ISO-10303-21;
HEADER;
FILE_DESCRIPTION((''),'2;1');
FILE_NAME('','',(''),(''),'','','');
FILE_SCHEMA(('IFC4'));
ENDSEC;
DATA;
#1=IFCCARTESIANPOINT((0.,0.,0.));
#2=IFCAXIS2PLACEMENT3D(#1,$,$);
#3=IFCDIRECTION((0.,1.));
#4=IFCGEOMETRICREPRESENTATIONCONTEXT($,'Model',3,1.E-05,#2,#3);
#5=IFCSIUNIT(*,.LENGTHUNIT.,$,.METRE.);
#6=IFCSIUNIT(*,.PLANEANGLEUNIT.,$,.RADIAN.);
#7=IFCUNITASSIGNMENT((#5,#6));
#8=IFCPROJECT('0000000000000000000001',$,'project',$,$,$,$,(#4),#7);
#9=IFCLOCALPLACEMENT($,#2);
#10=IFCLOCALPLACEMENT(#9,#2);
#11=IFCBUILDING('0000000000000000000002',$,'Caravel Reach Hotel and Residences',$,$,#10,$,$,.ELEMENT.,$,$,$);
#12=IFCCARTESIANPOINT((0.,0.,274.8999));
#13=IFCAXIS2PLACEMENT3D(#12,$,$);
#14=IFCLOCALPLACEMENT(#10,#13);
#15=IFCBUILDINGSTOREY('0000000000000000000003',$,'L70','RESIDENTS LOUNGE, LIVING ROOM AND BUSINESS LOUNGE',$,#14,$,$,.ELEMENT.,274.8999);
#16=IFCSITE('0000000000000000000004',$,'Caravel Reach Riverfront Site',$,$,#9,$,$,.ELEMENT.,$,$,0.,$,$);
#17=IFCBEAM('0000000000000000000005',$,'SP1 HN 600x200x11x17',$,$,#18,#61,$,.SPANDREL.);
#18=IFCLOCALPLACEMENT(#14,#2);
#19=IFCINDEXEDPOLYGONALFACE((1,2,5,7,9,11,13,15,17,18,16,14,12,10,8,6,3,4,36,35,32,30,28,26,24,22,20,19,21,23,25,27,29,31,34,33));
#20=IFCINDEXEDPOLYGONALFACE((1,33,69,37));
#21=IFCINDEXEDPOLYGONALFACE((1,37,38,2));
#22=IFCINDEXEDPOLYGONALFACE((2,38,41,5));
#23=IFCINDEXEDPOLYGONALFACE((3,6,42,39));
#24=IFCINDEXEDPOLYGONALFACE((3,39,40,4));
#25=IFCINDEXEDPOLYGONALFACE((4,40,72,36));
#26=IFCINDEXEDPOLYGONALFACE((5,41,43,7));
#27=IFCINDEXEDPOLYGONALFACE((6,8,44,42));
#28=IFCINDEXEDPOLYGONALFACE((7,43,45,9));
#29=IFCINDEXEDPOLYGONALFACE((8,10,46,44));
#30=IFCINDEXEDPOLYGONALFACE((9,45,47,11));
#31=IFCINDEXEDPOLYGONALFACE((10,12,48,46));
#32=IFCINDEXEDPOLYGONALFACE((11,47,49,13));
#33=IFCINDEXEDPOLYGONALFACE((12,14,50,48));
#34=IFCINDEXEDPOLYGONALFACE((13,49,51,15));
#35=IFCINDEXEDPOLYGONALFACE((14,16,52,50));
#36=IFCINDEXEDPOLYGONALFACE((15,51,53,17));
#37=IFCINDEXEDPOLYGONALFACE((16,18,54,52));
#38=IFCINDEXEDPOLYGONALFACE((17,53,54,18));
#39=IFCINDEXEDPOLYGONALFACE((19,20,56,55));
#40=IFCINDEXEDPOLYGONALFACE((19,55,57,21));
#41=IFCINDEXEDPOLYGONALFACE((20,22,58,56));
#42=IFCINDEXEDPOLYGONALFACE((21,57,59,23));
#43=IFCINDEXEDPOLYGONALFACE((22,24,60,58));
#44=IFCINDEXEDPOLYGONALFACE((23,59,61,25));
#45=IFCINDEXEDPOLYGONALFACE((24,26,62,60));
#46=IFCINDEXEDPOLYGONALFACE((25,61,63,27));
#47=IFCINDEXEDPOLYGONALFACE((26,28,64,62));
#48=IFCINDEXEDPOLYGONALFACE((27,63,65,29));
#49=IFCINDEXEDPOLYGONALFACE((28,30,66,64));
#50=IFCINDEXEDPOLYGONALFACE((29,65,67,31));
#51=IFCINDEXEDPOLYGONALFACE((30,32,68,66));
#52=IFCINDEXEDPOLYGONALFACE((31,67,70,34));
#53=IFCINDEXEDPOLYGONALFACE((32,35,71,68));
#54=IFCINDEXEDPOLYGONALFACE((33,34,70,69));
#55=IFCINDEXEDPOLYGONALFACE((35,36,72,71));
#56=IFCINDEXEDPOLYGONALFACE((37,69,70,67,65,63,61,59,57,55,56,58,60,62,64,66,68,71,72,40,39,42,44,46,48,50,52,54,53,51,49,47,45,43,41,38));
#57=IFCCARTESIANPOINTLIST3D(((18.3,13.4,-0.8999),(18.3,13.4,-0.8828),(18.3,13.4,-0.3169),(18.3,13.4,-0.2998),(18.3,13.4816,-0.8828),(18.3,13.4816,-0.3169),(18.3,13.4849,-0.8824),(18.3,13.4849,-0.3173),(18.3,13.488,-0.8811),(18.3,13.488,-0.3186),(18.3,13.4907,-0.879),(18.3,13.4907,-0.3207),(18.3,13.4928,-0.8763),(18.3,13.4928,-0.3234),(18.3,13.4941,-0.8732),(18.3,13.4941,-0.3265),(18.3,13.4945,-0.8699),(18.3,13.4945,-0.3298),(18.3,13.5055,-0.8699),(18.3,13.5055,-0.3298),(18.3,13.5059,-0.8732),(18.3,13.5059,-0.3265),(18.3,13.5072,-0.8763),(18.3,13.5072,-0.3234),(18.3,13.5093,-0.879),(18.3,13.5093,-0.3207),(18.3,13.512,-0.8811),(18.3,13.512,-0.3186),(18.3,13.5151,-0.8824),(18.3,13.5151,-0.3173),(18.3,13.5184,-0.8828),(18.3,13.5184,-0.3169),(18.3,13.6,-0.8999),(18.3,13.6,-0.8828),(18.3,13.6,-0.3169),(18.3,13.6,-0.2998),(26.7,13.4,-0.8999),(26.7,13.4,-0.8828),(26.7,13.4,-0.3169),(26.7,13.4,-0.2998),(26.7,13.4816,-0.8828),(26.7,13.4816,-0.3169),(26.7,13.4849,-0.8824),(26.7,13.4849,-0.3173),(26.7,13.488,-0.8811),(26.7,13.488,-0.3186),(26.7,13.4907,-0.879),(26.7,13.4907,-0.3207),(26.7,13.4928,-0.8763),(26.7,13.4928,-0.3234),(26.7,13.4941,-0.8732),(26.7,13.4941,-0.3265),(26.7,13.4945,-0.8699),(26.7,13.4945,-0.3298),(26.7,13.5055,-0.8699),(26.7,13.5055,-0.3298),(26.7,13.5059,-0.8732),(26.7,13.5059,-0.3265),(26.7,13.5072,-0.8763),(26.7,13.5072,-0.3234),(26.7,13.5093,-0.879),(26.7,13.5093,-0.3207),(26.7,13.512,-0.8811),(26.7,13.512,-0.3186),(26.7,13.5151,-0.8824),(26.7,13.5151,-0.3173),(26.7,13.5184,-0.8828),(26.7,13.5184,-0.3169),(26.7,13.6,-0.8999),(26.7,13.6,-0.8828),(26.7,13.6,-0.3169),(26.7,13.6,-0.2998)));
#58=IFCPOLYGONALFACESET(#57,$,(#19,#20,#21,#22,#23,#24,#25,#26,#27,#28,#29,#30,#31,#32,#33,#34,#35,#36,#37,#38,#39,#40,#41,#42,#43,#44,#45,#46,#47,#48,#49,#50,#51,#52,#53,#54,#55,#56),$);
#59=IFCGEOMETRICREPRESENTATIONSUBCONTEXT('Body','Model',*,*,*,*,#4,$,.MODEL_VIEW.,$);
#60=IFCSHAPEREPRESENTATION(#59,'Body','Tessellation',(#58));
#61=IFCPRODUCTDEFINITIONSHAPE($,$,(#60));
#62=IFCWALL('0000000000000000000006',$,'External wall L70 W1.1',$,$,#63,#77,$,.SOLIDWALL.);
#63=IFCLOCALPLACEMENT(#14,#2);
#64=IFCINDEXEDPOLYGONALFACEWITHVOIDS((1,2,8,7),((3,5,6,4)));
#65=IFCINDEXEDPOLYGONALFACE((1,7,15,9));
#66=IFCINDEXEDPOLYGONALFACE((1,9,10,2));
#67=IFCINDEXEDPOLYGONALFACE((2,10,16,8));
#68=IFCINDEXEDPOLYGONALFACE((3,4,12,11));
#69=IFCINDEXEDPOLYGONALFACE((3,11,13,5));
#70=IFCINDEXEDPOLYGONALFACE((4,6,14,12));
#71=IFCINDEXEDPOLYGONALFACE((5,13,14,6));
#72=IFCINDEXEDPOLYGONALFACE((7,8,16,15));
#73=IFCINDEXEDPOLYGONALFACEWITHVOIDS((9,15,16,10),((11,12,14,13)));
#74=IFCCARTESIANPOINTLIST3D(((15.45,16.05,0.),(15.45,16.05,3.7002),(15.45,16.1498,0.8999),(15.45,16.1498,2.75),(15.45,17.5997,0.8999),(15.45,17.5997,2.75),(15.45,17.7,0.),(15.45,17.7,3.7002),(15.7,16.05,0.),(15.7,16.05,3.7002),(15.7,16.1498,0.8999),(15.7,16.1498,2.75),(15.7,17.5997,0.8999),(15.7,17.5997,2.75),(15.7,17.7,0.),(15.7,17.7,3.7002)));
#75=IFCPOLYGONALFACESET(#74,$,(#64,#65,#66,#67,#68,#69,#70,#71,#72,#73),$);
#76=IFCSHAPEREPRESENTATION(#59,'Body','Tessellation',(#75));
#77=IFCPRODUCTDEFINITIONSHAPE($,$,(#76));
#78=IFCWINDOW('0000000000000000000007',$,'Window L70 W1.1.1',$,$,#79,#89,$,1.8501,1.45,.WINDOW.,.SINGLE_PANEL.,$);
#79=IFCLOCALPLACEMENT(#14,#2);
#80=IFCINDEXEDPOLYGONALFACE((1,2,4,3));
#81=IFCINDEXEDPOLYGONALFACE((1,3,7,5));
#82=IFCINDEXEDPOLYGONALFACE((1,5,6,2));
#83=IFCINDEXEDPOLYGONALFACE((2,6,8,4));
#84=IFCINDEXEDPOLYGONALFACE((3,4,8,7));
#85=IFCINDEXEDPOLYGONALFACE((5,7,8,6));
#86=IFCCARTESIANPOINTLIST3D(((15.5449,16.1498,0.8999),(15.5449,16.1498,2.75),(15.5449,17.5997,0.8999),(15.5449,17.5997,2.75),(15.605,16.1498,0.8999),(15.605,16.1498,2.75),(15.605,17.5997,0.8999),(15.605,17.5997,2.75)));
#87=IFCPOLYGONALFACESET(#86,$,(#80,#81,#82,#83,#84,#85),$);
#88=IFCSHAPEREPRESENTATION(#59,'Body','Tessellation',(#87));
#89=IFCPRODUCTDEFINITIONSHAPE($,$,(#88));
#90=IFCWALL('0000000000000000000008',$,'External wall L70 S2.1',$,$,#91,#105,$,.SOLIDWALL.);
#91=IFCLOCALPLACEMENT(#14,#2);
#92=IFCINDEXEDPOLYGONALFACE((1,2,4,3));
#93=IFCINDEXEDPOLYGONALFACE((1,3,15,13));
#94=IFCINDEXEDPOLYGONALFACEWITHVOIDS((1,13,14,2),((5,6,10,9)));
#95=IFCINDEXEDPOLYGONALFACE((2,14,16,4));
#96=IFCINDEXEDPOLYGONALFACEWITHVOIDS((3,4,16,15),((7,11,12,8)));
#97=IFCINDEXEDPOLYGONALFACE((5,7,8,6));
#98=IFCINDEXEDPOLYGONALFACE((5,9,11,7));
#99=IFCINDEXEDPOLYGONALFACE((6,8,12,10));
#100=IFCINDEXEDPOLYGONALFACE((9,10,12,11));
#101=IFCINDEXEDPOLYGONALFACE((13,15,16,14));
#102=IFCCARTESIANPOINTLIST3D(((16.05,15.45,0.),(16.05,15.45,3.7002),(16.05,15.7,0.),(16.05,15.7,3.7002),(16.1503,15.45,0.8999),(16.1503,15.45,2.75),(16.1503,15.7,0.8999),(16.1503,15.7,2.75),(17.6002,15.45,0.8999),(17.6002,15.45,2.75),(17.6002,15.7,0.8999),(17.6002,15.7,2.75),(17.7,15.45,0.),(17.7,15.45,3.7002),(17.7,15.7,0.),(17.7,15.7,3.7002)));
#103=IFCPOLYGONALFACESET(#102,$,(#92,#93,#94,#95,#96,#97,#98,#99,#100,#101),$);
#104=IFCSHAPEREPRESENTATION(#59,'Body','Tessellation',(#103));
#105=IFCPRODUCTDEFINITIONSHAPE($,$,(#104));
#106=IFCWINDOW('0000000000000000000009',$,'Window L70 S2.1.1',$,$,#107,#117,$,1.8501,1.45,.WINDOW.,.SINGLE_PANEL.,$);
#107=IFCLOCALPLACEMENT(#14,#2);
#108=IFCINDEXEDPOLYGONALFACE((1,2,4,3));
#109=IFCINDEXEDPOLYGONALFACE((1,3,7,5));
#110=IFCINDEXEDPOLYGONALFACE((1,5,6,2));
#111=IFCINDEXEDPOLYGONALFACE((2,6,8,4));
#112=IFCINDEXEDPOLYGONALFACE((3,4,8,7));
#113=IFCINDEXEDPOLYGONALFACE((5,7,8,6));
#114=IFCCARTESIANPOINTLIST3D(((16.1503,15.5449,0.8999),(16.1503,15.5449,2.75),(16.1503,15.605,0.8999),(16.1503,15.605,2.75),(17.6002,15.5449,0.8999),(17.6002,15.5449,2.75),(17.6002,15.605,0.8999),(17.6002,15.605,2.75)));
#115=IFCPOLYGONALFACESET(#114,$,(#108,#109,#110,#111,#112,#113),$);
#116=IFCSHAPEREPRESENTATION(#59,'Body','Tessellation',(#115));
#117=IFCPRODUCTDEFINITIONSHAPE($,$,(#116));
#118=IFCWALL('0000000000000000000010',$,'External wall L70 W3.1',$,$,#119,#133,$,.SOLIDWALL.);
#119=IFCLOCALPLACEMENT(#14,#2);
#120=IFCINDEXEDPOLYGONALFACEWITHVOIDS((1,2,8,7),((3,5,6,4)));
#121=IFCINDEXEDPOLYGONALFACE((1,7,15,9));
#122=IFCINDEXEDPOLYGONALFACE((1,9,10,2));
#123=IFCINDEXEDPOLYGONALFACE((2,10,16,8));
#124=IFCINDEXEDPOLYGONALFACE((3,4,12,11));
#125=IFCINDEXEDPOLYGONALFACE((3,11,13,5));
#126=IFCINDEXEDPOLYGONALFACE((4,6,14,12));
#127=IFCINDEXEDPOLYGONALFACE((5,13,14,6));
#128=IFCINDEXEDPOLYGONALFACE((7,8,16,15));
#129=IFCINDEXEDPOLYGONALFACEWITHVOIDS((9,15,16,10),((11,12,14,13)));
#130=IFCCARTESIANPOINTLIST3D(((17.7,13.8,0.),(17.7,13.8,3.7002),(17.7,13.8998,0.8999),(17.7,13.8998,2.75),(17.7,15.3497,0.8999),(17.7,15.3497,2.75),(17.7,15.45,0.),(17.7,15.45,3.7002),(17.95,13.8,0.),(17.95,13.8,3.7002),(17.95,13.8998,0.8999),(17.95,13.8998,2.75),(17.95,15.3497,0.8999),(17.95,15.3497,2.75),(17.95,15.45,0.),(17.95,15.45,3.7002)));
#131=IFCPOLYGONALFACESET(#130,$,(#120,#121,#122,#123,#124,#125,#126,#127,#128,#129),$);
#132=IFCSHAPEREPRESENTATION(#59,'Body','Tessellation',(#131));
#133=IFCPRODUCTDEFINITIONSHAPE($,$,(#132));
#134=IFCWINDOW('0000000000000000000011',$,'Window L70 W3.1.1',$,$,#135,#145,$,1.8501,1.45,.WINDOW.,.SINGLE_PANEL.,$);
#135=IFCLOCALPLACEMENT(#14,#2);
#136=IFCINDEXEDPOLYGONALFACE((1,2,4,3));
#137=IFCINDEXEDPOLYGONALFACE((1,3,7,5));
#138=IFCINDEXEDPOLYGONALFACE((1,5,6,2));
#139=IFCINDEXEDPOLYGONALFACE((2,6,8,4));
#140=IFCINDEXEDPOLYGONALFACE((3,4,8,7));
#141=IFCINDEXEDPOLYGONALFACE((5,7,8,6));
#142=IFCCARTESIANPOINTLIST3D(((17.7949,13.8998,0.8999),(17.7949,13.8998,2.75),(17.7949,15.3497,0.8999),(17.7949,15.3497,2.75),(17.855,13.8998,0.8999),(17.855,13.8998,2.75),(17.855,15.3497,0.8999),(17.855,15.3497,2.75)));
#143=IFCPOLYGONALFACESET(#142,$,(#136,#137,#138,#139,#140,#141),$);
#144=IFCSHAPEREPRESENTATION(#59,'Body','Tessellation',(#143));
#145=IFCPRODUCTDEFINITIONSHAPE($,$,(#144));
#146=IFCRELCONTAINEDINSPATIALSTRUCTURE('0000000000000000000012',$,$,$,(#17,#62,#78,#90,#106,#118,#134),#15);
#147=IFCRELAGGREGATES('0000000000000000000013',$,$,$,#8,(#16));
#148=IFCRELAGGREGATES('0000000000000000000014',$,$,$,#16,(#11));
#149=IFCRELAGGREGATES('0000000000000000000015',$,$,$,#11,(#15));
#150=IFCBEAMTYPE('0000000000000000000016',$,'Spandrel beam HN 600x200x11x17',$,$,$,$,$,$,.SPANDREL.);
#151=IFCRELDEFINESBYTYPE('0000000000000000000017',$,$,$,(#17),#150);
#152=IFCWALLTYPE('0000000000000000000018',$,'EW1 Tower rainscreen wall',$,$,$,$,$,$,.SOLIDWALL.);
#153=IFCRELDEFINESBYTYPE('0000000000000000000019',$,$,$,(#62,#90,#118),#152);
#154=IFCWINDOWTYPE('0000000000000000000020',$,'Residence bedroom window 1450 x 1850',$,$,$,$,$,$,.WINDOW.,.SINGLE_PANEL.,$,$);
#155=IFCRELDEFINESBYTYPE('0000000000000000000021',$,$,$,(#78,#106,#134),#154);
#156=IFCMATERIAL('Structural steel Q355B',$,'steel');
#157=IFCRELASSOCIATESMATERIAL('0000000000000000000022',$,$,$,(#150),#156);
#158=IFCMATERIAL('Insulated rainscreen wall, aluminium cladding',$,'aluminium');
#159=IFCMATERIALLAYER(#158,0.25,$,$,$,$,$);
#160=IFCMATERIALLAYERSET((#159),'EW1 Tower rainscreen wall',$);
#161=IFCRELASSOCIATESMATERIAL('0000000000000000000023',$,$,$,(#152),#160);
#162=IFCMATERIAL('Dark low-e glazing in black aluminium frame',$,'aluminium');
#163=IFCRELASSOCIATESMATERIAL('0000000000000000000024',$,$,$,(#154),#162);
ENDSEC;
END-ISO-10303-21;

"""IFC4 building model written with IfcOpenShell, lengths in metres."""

from ifc_helpers import new_model, si_unit, direction, frame, frame_2d, origin, origin_2d, place, context, subcontext, project, spatial, rectangle, i_section, extrude, material, layer, layer_set, material_profile, profile_set, type_object, element, fill, save


model = new_model("IFC4")

# Units and contexts
model_context = context("Model", 3, precision=1e-05, world=origin(), true_north=direction((0.0, 1.0)))
body_context = subcontext(model_context, "Body", "Model", "MODEL_VIEW")
ifc_project = project(units=[si_unit("LENGTHUNIT", "METRE"), si_unit("PLANEANGLEUNIT", "RADIAN")], contexts=[model_context])

# Site, building, storey
site_placement = place(None, origin())
site = spatial("IfcSite", under=ifc_project, at=site_placement, Name="Caravel Reach Riverfront Site", CompositionType="ELEMENT", RefElevation=0.0)
building_placement = place(site_placement, origin())
building = spatial("IfcBuilding", under=site, at=building_placement, Name="Caravel Reach Hotel and Residences", CompositionType="ELEMENT")
storey_placement = place(building_placement, frame((0.0, 0.0, 274.8999)))
storey = spatial("IfcBuildingStorey", under=building, at=storey_placement, Name="L70", Description="RESIDENTS LOUNGE, LIVING ROOM AND BUSINESS LOUNGE", CompositionType="ELEMENT", Elevation=274.8999)

# Beam
ifc_material_1 = material(Name="Structural steel Q355B", Category="steel")
ifc_material_profile_1 = material_profile(ifc_material_1, i_section(OverallWidth=0.2, OverallDepth=0.6001, WebThickness=0.011, FlangeThickness=0.0171, FilletRadius=0.0129, at=origin_2d()), Name="HN 600x200x11x17")
ifc_profile_set_1 = profile_set([ifc_material_profile_1], Name="Structural steel Q355B")
beam_type = type_object("IfcBeamType", Name="Spandrel beam HN 600x200x11x17", PredefinedType="SPANDREL", material=ifc_profile_set_1)
beam_placement = place(storey_placement, frame((18.3, 13.5, -0.5999), z_axis=(1.0, 0.0, 0.0), x_axis=(0.0, 1.0, 0.0)))
element("IfcBeam", 1, at=beam_placement, inside=storey, type_object=beam_type, Name="SP1 HN 600x200x11x17", PredefinedType="SPANDREL", context=body_context, shape_type="SweptSolid", body=[
    extrude(i_section(OverallWidth=0.2, OverallDepth=0.6001, WebThickness=0.011, FlangeThickness=0.0171, FilletRadius=0.0129, at=origin_2d()), origin(), (0.0, 0.0, 1.0), 8.3999),
])

# Walls, openings, windows
ifc_material_2 = material(Name="Insulated rainscreen wall, aluminium cladding", Category="aluminium")
ifc_layer_1 = layer(ifc_material_2, 0.25)
ifc_layer_set_1 = layer_set([ifc_layer_1], Name="EW1 Tower rainscreen wall")
wall_type_1 = type_object("IfcWallType", Name="EW1 Tower rainscreen wall", PredefinedType="SOLIDWALL", material=ifc_layer_set_1)
wall_1_placement = place(storey_placement, frame((15.575, 17.7, 0.0), z_axis=(0.0, 0.0, 1.0), x_axis=(0.0, -1.0, 0.0)))
wall_1 = element("IfcWall", 2, at=wall_1_placement, inside=storey, type_object=wall_type_1, Name="External wall L70 W1.1", PredefinedType="SOLIDWALL", context=body_context, shape_type="SweptSolid", body=[
    extrude(rectangle(XDim=1.6499, YDim=0.25, at=frame_2d((0.825, 0.0))), origin(), (0.0, 0.0, 1.0), 3.7002),
])
opening_1_placement = place(wall_1_placement, frame((0.1001, 0.0, 0.8999)))
opening_1 = element("IfcOpeningElement", 3, at=opening_1_placement, cuts=wall_1, PredefinedType="OPENING", context=body_context, shape_type="SweptSolid", body=[
    extrude(rectangle(XDim=1.45, YDim=1.8501, at=frame_2d((0.7251, 0.925))), frame((0.0, 0.135, 0.0), z_axis=(0.0, -1.0, 0.0), x_axis=(1.0, 0.0, 0.0)), (0.0, 0.0, 1.0), 0.27),
])
ifc_material_3 = material(Name="Dark low-e glazing in black aluminium frame", Category="aluminium")
window_type_1 = type_object("IfcWindowType", Name="Residence bedroom window 1450 x 1850", PartitioningType="SINGLE_PANEL", PredefinedType="WINDOW", material=ifc_material_3)
window_1_placement = place(opening_1_placement, origin())
window_1 = element("IfcWindow", 4, at=window_1_placement, inside=storey, type_object=window_type_1, Name="Window L70 W1.1.1", OverallHeight=1.8501, OverallWidth=1.45, PartitioningType="SINGLE_PANEL", PredefinedType="WINDOW", context=body_context, shape_type="SweptSolid", body=[
    extrude(rectangle(XDim=1.45, YDim=1.8501, at=frame_2d((0.7251, 0.925))), frame((0.0, 0.03, 0.0), z_axis=(0.0, -1.0, 0.0), x_axis=(1.0, 0.0, 0.0)), (0.0, 0.0, 1.0), 0.0601),
])
fill(opening_1, window_1)
wall_2_placement = place(storey_placement, frame((16.05, 15.575, 0.0), z_axis=(0.0, 0.0, 1.0), x_axis=(1.0, 0.0, 0.0)))
wall_2 = element("IfcWall", 5, at=wall_2_placement, inside=storey, type_object=wall_type_1, Name="External wall L70 S2.1", PredefinedType="SOLIDWALL", context=body_context, shape_type="SweptSolid", body=[
    extrude(rectangle(XDim=1.6499, YDim=0.25, at=frame_2d((0.825, 0.0))), origin(), (0.0, 0.0, 1.0), 3.7002),
])
opening_2_placement = place(wall_2_placement, frame((0.1001, 0.0, 0.8999)))
opening_2 = element("IfcOpeningElement", 6, at=opening_2_placement, cuts=wall_2, PredefinedType="OPENING", context=body_context, shape_type="SweptSolid", body=[
    extrude(rectangle(XDim=1.45, YDim=1.8501, at=frame_2d((0.7251, 0.925))), frame((0.0, 0.135, 0.0), z_axis=(0.0, -1.0, 0.0), x_axis=(1.0, 0.0, 0.0)), (0.0, 0.0, 1.0), 0.27),
])
window_2_placement = place(opening_2_placement, origin())
window_2 = element("IfcWindow", 7, at=window_2_placement, inside=storey, type_object=window_type_1, Name="Window L70 S2.1.1", OverallHeight=1.8501, OverallWidth=1.45, PartitioningType="SINGLE_PANEL", PredefinedType="WINDOW", context=body_context, shape_type="SweptSolid", body=[
    extrude(rectangle(XDim=1.45, YDim=1.8501, at=frame_2d((0.7251, 0.925))), frame((0.0, 0.03, 0.0), z_axis=(0.0, -1.0, 0.0), x_axis=(1.0, 0.0, 0.0)), (0.0, 0.0, 1.0), 0.0601),
])
fill(opening_2, window_2)
wall_3_placement = place(storey_placement, frame((17.825, 15.45, 0.0), z_axis=(0.0, 0.0, 1.0), x_axis=(0.0, -1.0, 0.0)))
wall_3 = element("IfcWall", 8, at=wall_3_placement, inside=storey, type_object=wall_type_1, Name="External wall L70 W3.1", PredefinedType="SOLIDWALL", context=body_context, shape_type="SweptSolid", body=[
    extrude(rectangle(XDim=1.6499, YDim=0.25, at=frame_2d((0.825, 0.0))), origin(), (0.0, 0.0, 1.0), 3.7002),
])
opening_3_placement = place(wall_3_placement, frame((0.1001, 0.0, 0.8999)))
opening_3 = element("IfcOpeningElement", 9, at=opening_3_placement, cuts=wall_3, PredefinedType="OPENING", context=body_context, shape_type="SweptSolid", body=[
    extrude(rectangle(XDim=1.45, YDim=1.8501, at=frame_2d((0.7251, 0.925))), frame((0.0, 0.135, 0.0), z_axis=(0.0, -1.0, 0.0), x_axis=(1.0, 0.0, 0.0)), (0.0, 0.0, 1.0), 0.27),
])
window_3_placement = place(opening_3_placement, origin())
window_3 = element("IfcWindow", 10, at=window_3_placement, inside=storey, type_object=window_type_1, Name="Window L70 W3.1.1", OverallHeight=1.8501, OverallWidth=1.45, PartitioningType="SINGLE_PANEL", PredefinedType="WINDOW", context=body_context, shape_type="SweptSolid", body=[
    extrude(rectangle(XDim=1.45, YDim=1.8501, at=frame_2d((0.7251, 0.925))), frame((0.0, 0.03, 0.0), z_axis=(0.0, -1.0, 0.0), x_axis=(1.0, 0.0, 0.0)), (0.0, 0.0, 1.0), 0.0601),
])
fill(opening_3, window_3)

save(model, "model.ifc")
